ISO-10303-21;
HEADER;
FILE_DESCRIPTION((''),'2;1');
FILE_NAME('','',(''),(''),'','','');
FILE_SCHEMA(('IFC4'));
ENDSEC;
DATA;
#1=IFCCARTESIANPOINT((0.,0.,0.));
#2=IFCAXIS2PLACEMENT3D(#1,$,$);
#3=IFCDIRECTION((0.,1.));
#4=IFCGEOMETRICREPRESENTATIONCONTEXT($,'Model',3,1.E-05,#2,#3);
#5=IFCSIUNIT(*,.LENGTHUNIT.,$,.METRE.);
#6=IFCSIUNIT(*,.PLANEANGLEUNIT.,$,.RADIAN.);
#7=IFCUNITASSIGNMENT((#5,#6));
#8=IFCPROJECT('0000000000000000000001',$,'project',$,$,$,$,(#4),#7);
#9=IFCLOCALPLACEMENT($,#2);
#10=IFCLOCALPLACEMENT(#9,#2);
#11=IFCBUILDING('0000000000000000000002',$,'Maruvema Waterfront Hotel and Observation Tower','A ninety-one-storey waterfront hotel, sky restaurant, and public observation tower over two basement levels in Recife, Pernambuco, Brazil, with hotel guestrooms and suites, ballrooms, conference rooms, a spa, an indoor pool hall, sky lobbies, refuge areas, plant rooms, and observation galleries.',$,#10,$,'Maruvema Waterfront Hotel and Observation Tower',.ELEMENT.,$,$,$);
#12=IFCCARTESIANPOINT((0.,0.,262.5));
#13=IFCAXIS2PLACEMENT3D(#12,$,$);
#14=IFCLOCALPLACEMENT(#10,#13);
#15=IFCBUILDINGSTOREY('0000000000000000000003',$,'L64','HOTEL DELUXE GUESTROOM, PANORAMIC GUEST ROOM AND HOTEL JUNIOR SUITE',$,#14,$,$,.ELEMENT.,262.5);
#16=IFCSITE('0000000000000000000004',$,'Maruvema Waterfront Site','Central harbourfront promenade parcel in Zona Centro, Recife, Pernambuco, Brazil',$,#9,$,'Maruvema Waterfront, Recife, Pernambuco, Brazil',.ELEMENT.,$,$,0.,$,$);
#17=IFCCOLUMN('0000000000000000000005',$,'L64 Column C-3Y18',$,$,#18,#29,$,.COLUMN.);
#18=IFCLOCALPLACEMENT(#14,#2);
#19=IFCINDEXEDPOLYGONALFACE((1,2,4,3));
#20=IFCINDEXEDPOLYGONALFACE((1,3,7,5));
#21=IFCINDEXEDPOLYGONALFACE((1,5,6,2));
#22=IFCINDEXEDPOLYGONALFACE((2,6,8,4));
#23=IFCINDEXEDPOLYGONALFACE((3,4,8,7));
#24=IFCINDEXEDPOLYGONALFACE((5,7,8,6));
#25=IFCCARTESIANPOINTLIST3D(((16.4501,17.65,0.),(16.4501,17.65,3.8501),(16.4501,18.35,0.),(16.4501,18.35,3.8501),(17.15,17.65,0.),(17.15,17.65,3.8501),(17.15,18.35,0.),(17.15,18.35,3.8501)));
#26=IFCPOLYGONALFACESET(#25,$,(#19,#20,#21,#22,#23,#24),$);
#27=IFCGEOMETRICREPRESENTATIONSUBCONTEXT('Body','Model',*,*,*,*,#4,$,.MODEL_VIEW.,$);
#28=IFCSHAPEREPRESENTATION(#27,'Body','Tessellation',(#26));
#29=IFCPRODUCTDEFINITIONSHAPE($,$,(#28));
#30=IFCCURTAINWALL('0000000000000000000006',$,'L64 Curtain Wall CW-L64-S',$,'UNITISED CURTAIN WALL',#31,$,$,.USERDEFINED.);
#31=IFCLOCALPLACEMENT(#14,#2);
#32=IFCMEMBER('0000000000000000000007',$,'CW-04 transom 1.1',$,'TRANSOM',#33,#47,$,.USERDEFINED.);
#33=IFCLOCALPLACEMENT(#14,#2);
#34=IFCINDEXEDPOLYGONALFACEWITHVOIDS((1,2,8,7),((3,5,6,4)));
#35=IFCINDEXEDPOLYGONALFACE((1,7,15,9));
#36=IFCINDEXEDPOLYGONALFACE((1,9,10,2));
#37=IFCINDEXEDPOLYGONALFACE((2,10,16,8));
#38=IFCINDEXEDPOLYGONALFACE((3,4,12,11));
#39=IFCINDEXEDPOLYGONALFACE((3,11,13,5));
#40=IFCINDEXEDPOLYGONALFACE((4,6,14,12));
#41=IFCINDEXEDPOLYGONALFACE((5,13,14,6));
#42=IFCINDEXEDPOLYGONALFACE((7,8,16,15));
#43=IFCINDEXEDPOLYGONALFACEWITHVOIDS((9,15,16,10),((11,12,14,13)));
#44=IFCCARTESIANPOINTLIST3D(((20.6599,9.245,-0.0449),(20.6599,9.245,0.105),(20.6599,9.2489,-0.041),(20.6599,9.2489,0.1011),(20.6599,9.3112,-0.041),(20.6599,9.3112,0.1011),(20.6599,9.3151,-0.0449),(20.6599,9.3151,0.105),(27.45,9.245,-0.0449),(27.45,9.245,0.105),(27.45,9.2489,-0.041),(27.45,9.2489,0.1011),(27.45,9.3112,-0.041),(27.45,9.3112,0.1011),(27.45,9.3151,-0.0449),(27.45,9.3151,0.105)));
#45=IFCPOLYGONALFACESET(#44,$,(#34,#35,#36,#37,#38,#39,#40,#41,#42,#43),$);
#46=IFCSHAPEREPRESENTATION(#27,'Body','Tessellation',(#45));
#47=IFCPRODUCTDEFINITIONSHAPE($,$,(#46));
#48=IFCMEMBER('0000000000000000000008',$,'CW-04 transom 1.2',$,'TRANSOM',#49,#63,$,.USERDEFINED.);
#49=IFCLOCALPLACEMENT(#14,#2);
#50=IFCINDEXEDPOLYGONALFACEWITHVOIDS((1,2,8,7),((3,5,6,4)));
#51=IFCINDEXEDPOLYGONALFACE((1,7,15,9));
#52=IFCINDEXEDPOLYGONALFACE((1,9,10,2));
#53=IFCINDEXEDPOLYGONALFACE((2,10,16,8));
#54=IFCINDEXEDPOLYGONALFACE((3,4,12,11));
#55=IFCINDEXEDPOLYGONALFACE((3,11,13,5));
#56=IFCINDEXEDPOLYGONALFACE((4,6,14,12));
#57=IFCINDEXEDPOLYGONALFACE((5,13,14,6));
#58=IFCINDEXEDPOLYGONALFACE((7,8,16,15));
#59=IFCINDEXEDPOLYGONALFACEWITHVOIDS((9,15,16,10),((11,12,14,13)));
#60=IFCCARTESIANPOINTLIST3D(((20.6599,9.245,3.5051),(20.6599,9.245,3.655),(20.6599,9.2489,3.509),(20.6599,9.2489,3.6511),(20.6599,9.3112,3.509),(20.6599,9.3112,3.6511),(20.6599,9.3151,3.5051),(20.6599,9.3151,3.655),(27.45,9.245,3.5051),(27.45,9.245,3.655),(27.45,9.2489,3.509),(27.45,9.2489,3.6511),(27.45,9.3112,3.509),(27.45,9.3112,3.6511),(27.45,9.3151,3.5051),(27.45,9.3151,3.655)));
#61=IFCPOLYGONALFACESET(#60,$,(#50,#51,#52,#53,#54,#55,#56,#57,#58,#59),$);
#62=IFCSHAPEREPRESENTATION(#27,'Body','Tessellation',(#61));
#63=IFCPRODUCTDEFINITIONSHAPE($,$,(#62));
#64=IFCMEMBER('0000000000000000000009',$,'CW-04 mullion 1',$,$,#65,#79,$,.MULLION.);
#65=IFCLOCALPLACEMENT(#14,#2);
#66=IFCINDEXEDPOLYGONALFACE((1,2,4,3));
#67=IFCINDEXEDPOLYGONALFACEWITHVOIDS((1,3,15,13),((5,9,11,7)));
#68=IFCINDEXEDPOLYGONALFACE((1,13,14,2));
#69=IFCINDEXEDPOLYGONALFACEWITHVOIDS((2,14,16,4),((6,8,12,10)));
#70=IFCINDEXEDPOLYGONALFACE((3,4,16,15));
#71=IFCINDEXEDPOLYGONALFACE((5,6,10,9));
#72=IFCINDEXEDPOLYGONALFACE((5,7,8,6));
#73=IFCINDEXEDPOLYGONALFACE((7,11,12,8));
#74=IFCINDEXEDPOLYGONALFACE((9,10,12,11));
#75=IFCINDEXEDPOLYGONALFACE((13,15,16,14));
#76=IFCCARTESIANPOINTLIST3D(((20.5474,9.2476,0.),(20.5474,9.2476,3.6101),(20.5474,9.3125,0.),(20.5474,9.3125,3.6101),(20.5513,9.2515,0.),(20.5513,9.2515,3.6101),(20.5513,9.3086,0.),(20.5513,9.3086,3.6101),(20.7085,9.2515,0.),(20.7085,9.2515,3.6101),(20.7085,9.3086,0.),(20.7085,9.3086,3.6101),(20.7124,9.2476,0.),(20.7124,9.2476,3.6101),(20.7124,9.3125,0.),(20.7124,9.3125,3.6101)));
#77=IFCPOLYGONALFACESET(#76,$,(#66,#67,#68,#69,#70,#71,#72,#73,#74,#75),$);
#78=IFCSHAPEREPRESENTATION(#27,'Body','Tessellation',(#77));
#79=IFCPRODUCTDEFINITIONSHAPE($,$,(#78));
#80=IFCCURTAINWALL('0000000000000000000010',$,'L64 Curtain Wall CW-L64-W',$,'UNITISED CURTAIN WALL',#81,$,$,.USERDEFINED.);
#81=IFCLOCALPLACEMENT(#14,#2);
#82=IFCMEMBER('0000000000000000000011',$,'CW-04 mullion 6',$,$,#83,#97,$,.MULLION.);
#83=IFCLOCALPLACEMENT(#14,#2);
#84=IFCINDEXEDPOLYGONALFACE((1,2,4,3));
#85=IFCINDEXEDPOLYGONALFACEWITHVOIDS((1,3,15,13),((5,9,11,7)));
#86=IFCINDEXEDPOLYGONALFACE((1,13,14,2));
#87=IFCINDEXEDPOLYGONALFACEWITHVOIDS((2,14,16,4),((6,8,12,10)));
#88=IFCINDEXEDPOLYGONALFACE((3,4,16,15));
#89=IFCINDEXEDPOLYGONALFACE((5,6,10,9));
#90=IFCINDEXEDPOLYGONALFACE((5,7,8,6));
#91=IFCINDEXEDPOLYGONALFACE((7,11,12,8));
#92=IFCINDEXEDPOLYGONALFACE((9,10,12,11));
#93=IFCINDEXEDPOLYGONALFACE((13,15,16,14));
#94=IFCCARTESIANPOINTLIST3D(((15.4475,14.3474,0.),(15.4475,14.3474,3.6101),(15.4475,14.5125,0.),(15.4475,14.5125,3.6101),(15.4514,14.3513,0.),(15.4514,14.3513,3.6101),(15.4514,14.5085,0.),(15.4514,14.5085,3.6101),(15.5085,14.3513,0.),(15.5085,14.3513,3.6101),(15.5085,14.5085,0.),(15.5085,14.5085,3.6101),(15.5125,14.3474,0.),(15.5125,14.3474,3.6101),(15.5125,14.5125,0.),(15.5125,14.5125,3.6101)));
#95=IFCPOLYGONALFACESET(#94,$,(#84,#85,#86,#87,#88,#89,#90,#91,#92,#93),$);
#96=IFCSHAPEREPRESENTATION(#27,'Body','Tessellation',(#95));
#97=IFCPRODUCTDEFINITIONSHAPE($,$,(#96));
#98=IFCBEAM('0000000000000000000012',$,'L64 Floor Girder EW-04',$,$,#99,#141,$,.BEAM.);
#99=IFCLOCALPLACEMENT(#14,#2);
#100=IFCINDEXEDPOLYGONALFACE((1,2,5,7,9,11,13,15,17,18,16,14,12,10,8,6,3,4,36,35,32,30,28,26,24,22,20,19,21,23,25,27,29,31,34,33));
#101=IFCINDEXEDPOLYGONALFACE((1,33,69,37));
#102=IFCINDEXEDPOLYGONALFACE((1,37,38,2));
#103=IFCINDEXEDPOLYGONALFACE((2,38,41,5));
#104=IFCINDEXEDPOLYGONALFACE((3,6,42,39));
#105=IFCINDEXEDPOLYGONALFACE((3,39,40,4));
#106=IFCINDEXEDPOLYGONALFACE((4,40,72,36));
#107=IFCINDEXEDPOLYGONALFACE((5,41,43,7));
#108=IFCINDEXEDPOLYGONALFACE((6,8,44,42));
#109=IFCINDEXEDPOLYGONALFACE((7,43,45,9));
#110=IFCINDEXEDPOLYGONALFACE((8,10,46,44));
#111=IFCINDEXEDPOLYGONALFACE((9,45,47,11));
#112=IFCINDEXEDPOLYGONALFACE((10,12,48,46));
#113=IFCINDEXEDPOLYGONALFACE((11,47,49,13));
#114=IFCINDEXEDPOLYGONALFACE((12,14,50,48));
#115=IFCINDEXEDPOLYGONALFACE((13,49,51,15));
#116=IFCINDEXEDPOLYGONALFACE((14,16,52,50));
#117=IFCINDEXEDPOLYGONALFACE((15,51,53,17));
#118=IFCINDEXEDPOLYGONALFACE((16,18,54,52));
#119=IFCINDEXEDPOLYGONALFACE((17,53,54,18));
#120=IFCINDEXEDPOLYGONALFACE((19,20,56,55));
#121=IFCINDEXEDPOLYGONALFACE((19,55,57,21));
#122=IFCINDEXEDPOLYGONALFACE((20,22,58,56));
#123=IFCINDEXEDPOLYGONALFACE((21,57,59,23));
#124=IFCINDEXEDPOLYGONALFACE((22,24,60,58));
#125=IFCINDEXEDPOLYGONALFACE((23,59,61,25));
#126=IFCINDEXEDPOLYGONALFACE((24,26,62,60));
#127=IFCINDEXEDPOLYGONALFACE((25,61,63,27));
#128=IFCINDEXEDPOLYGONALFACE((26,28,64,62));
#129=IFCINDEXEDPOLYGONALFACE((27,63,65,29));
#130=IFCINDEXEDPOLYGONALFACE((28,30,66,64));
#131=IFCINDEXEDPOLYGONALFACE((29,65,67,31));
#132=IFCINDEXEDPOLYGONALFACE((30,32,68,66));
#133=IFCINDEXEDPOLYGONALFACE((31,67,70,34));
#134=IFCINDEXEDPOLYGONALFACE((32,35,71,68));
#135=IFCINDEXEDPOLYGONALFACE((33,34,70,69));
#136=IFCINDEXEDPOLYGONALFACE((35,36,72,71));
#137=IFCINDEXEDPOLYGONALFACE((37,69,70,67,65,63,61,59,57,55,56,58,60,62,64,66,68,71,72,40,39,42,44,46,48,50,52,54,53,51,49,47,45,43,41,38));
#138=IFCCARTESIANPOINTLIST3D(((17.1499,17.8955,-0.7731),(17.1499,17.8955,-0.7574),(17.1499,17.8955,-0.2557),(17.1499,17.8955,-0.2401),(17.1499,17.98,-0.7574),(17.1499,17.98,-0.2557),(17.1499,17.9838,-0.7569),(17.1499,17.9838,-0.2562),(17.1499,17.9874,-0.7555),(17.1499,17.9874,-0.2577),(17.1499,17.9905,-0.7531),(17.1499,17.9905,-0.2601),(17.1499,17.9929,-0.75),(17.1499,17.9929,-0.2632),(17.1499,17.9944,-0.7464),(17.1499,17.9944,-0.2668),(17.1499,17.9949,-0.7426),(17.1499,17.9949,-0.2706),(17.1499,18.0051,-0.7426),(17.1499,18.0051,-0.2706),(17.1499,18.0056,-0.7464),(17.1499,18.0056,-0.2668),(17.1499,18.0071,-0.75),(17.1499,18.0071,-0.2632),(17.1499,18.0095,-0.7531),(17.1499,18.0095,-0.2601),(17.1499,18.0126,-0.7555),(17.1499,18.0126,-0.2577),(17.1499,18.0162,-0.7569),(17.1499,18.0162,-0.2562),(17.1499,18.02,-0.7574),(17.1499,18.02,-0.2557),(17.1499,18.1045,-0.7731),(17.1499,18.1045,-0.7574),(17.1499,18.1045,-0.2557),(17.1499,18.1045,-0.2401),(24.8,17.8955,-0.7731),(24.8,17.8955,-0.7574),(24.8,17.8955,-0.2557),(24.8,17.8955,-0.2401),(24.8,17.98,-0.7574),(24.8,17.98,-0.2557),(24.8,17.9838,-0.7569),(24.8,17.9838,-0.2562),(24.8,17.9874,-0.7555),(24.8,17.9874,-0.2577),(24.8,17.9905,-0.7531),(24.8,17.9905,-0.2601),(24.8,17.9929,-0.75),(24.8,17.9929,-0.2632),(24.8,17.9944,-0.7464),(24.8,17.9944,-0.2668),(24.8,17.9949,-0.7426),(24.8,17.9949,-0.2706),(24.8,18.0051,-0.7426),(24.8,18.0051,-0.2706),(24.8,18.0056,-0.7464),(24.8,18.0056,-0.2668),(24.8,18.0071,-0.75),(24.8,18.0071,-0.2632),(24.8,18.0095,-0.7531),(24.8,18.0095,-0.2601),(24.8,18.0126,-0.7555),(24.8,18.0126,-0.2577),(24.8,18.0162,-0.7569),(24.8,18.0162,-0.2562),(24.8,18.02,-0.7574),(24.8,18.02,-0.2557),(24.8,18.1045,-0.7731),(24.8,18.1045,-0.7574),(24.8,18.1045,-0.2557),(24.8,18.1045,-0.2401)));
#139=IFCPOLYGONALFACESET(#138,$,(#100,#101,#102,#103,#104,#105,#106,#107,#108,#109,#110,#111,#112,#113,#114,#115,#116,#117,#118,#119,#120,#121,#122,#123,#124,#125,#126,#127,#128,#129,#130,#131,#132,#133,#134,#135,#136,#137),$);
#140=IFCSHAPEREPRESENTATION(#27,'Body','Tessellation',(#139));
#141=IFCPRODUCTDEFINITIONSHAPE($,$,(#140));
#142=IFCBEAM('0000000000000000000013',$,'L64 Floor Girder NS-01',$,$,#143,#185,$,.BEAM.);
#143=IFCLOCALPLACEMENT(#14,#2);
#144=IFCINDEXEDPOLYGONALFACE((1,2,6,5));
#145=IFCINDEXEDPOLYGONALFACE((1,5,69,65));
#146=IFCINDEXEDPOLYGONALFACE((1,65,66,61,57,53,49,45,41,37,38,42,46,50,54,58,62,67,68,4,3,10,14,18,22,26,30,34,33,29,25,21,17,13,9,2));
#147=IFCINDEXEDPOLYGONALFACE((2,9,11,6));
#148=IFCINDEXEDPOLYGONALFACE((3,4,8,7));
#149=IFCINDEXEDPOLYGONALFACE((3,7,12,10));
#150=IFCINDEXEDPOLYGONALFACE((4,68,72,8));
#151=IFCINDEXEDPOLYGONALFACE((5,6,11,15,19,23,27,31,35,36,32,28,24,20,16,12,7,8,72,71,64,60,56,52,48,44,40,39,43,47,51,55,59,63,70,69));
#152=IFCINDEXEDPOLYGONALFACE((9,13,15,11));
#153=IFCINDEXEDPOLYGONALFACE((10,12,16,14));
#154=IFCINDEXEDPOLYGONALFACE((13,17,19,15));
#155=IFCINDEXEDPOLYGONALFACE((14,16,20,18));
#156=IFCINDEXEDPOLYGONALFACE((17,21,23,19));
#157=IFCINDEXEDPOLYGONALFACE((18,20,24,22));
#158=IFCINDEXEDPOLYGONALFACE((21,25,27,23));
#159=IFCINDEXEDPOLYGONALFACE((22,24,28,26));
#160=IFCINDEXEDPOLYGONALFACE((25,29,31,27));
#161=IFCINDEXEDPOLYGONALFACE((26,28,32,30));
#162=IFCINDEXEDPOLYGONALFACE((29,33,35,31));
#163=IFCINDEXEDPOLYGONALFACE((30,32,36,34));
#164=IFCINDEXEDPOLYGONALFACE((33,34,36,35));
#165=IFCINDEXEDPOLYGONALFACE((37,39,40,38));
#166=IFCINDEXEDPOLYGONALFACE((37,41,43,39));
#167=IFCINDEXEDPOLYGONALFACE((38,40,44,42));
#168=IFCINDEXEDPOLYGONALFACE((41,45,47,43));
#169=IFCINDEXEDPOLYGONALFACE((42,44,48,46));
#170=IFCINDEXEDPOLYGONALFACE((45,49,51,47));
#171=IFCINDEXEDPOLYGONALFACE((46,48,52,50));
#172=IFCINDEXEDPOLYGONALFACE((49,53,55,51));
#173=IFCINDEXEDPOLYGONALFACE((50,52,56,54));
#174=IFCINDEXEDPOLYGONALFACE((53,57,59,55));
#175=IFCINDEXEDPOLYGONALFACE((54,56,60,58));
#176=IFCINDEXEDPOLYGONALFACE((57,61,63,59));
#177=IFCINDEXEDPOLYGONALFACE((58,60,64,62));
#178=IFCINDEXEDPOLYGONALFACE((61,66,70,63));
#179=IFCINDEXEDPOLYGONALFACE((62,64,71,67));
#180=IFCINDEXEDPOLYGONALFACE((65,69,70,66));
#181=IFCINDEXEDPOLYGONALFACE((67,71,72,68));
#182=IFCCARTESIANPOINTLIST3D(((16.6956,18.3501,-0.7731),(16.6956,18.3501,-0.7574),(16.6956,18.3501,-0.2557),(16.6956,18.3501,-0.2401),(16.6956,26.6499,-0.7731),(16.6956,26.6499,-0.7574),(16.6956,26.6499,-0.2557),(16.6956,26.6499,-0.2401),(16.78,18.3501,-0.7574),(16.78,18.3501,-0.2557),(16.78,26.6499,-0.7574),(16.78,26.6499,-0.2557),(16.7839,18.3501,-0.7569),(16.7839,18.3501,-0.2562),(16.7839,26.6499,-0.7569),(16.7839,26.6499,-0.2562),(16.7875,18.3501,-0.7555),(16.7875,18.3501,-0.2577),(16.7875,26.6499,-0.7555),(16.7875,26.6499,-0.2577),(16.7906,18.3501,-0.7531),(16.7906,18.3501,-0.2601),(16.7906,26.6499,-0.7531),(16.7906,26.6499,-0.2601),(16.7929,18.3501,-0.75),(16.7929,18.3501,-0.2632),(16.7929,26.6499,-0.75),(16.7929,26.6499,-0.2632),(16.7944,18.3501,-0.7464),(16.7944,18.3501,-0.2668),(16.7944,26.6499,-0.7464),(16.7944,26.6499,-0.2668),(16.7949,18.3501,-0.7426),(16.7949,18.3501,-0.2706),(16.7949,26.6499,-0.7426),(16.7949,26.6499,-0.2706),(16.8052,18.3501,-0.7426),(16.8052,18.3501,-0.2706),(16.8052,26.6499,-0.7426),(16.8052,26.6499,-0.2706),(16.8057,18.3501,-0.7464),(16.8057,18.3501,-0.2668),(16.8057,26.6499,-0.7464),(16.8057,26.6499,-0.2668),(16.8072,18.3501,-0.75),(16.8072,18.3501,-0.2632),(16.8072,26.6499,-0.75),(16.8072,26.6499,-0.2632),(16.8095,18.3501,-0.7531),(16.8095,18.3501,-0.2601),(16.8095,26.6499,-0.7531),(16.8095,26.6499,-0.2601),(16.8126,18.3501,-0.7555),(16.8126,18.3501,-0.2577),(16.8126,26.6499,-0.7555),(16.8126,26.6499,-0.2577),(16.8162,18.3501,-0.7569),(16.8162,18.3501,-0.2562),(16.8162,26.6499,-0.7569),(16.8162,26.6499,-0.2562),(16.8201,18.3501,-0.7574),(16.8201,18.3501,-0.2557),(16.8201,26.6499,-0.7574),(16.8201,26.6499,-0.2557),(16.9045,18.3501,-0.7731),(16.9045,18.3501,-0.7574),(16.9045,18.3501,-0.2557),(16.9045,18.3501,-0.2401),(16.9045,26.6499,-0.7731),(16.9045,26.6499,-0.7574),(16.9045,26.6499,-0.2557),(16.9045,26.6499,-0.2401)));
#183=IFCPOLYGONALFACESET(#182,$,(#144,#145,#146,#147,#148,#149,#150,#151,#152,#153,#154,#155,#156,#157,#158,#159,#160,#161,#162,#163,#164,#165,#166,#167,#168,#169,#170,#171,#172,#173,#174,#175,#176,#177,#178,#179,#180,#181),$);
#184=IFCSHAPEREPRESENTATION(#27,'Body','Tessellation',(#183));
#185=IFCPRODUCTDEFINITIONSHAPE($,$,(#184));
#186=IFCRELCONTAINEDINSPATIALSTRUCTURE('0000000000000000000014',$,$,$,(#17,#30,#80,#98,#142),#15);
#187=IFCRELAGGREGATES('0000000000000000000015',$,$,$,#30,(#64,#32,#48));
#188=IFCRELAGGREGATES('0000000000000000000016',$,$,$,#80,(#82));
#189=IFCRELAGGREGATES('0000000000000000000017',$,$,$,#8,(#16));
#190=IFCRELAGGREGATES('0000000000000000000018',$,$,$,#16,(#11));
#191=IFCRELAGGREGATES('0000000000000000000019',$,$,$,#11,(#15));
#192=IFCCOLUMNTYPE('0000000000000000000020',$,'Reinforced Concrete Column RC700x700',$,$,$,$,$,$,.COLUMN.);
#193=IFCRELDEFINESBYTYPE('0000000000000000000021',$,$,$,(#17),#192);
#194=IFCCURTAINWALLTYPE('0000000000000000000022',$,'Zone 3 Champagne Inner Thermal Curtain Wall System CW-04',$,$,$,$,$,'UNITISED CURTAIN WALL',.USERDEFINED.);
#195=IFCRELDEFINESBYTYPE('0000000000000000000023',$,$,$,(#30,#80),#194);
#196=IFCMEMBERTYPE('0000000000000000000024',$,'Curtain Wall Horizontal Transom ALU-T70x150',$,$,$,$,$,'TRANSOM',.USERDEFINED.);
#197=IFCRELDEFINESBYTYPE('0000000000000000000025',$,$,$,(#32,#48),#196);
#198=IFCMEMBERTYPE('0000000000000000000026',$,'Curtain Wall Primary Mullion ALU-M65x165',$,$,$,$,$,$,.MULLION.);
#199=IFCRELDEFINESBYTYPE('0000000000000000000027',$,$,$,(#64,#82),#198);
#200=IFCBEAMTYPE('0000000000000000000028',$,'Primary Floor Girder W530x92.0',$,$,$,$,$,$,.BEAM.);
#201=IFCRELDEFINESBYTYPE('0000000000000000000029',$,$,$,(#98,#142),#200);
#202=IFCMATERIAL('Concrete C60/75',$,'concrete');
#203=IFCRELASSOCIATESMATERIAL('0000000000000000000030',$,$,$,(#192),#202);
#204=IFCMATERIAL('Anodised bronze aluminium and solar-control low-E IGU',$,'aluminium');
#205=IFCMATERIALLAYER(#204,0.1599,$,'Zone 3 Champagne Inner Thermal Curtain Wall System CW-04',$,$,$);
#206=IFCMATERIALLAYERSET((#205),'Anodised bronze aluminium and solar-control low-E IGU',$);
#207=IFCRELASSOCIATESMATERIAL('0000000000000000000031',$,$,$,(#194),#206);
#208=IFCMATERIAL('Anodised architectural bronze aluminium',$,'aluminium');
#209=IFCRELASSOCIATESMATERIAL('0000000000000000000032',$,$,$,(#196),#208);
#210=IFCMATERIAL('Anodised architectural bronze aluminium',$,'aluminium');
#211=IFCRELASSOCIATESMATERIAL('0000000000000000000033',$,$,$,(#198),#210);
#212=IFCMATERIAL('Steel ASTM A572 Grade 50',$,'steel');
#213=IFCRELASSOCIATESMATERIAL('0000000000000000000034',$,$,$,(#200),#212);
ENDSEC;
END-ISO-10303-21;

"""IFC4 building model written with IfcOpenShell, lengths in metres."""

from ifc_helpers import new_model, si_unit, direction, frame, origin, origin_2d, place, context, subcontext, project, spatial, rectangle, hollow_rectangle, i_section, extrude, material, layer, layer_set, material_profile, profile_set, type_object, element, aggregate, save


model = new_model("IFC4")

# Units and contexts
model_context = context("Model", 3, precision=1e-05, world=origin(), true_north=direction((0.0, 1.0)))
body_context = subcontext(model_context, "Body", "Model", "MODEL_VIEW")
ifc_project = project(units=[si_unit("LENGTHUNIT", "METRE"), si_unit("PLANEANGLEUNIT", "RADIAN")], contexts=[model_context])

# Site, building, storey
site_placement = place(None, origin())
site = spatial("IfcSite", under=ifc_project, at=site_placement, Name="Maruvema Waterfront Site", Description="Central harbourfront promenade parcel in Zona Centro, Recife, Pernambuco, Brazil", LongName="Maruvema Waterfront, Recife, Pernambuco, Brazil", CompositionType="ELEMENT", RefElevation=0.0)
building_placement = place(site_placement, origin())
building = spatial("IfcBuilding", under=site, at=building_placement, Name="Maruvema Waterfront Hotel and Observation Tower", Description="A ninety-one-storey waterfront hotel, sky restaurant, and public observation tower over two basement levels in Recife, Pernambuco, Brazil, with hotel guestrooms and suites, ballrooms, conference rooms, a spa, an indoor pool hall, sky lobbies, refuge areas, plant rooms, and observation galleries.", LongName="Maruvema Waterfront Hotel and Observation Tower", CompositionType="ELEMENT")
storey_placement = place(building_placement, frame((0.0, 0.0, 262.5)))
storey = spatial("IfcBuildingStorey", under=building, at=storey_placement, Name="L64", Description="HOTEL DELUXE GUESTROOM, PANORAMIC GUEST ROOM AND HOTEL JUNIOR SUITE", CompositionType="ELEMENT", Elevation=262.5)

# Column
ifc_material_1 = material(Name="Concrete C60/75", Category="concrete")
ifc_material_profile_1 = material_profile(ifc_material_1, rectangle(XDim=0.7, YDim=0.7, at=origin_2d()), Name="RC700x700")
ifc_profile_set_1 = profile_set([ifc_material_profile_1], Name="Concrete C60/75")
column_type = type_object("IfcColumnType", Name="Reinforced Concrete Column RC700x700", PredefinedType="COLUMN", material=ifc_profile_set_1)
column_placement = place(storey_placement, frame((16.8, 18.0, 0.0), z_axis=(0.0, 0.0, 1.0), x_axis=(1.0, 0.0, 0.0)))
element("IfcColumn", 1, at=column_placement, inside=storey, type_object=column_type, Name="L64 Column C-3Y18", PredefinedType="COLUMN", context=body_context, shape_type="SweptSolid", body=[
    extrude(rectangle(XDim=0.7, YDim=0.7, at=origin_2d()), origin(), (0.0, 0.0, 1.0), 3.8501),
])

# Curtain wall, members
ifc_material_2 = material(Name="Anodised bronze aluminium and solar-control low-E IGU", Category="aluminium")
ifc_layer_1 = layer(ifc_material_2, 0.1599, Name="Zone 3 Champagne Inner Thermal Curtain Wall System CW-04")
ifc_layer_set_1 = layer_set([ifc_layer_1], Name="Anodised bronze aluminium and solar-control low-E IGU")
curtain_wall_type = type_object("IfcCurtainWallType", Name="Zone 3 Champagne Inner Thermal Curtain Wall System CW-04", ElementType="UNITISED CURTAIN WALL", PredefinedType="USERDEFINED", material=ifc_layer_set_1)
curtain_wall_1_placement = place(storey_placement, origin())
curtain_wall_1 = element("IfcCurtainWall", 2, at=curtain_wall_1_placement, inside=storey, type_object=curtain_wall_type, Name="L64 Curtain Wall CW-L64-S", ObjectType="UNITISED CURTAIN WALL", PredefinedType="USERDEFINED")
ifc_material_3 = material(Name="Anodised architectural bronze aluminium", Category="aluminium")
ifc_material_profile_2 = material_profile(ifc_material_3, hollow_rectangle(XDim=0.0701, YDim=0.1499, WallThickness=0.0039, at=origin_2d()), Name="ALU-T70x150")
ifc_profile_set_2 = profile_set([ifc_material_profile_2], Name="Anodised architectural bronze aluminium")
member_type_1 = type_object("IfcMemberType", Name="Curtain Wall Horizontal Transom ALU-T70x150", ElementType="TRANSOM", PredefinedType="USERDEFINED", material=ifc_profile_set_2)
member_1_placement = place(storey_placement, frame((20.6599, 9.28, 0.03), z_axis=(1.0, 0.0, 0.0), x_axis=(0.0, 1.0, 0.0)))
member_1 = element("IfcMember", 3, at=member_1_placement, type_object=member_type_1, Name="CW-04 transom 1.1", ObjectType="TRANSOM", PredefinedType="USERDEFINED", context=body_context, shape_type="SweptSolid", body=[
    extrude(hollow_rectangle(XDim=0.0701, YDim=0.1499, WallThickness=0.0039, at=origin_2d()), origin(), (0.0, 0.0, 1.0), 6.79),
])
member_2_placement = place(storey_placement, frame((20.6599, 9.28, 3.5801), z_axis=(1.0, 0.0, 0.0), x_axis=(0.0, 1.0, 0.0)))
member_2 = element("IfcMember", 4, at=member_2_placement, type_object=member_type_1, Name="CW-04 transom 1.2", ObjectType="TRANSOM", PredefinedType="USERDEFINED", context=body_context, shape_type="SweptSolid", body=[
    extrude(hollow_rectangle(XDim=0.0701, YDim=0.1499, WallThickness=0.0039, at=origin_2d()), origin(), (0.0, 0.0, 1.0), 6.79),
])
ifc_material_4 = material(Name="Anodised architectural bronze aluminium", Category="aluminium")
ifc_material_profile_3 = material_profile(ifc_material_4, hollow_rectangle(XDim=0.0649, YDim=0.165, WallThickness=0.0039, at=origin_2d()), Name="ALU-M65x165")
ifc_profile_set_3 = profile_set([ifc_material_profile_3], Name="Anodised architectural bronze aluminium")
member_type_2 = type_object("IfcMemberType", Name="Curtain Wall Primary Mullion ALU-M65x165", PredefinedType="MULLION", material=ifc_profile_set_3)
member_3_placement = place(storey_placement, frame((20.6299, 9.28, 0.0), z_axis=(0.0, 0.0, 1.0), x_axis=(0.0, 1.0, 0.0)))
member_3 = element("IfcMember", 5, at=member_3_placement, type_object=member_type_2, Name="CW-04 mullion 1", PredefinedType="MULLION", context=body_context, shape_type="SweptSolid", body=[
    extrude(hollow_rectangle(XDim=0.0649, YDim=0.165, WallThickness=0.0039, at=origin_2d()), origin(), (0.0, 0.0, 1.0), 3.6101),
])

# Curtain wall, member
curtain_wall_2_placement = place(storey_placement, origin())
curtain_wall_2 = element("IfcCurtainWall", 6, at=curtain_wall_2_placement, inside=storey, type_object=curtain_wall_type, Name="L64 Curtain Wall CW-L64-W", ObjectType="UNITISED CURTAIN WALL", PredefinedType="USERDEFINED")
member_4_placement = place(storey_placement, frame((15.48, 14.4299, 0.0), z_axis=(0.0, 0.0, 1.0), x_axis=(1.0, 0.0, 0.0)))
member_4 = element("IfcMember", 7, at=member_4_placement, type_object=member_type_2, Name="CW-04 mullion 6", PredefinedType="MULLION", context=body_context, shape_type="SweptSolid", body=[
    extrude(hollow_rectangle(XDim=0.0649, YDim=0.165, WallThickness=0.0039, at=origin_2d()), origin(), (0.0, 0.0, 1.0), 3.6101),
])

# Beams
ifc_material_5 = material(Name="Steel ASTM A572 Grade 50", Category="steel")
ifc_material_profile_4 = material_profile(ifc_material_5, i_section(OverallWidth=0.209, OverallDepth=0.533, WebThickness=0.0103, FlangeThickness=0.0156, FilletRadius=0.0149, at=origin_2d()), Name="W530x92.0")
ifc_profile_set_4 = profile_set([ifc_material_profile_4], Name="Steel ASTM A572 Grade 50")
beam_type_1 = type_object("IfcBeamType", Name="Primary Floor Girder W530x92.0", PredefinedType="BEAM", material=ifc_profile_set_4)
beam_1_placement = place(storey_placement, frame((17.1499, 18.0, -0.5066), z_axis=(1.0, 0.0, 0.0), x_axis=(0.0, 1.0, 0.0)))
element("IfcBeam", 8, at=beam_1_placement, inside=storey, type_object=beam_type_1, Name="L64 Floor Girder EW-04", PredefinedType="BEAM", context=body_context, shape_type="SweptSolid", body=[
    extrude(i_section(OverallWidth=0.209, OverallDepth=0.533, WebThickness=0.0103, FlangeThickness=0.0156, FilletRadius=0.0149, at=origin_2d()), origin(), (0.0, 0.0, 1.0), 7.6501),
])
beam_2_placement = place(storey_placement, frame((16.8, 18.3501, -0.5066), z_axis=(0.0, 1.0, 0.0), x_axis=(-1.0, 0.0, 0.0)))
element("IfcBeam", 9, at=beam_2_placement, inside=storey, type_object=beam_type_1, Name="L64 Floor Girder NS-01", PredefinedType="BEAM", context=body_context, shape_type="SweptSolid", body=[
    extrude(i_section(OverallWidth=0.209, OverallDepth=0.533, WebThickness=0.0103, FlangeThickness=0.0156, FilletRadius=0.0149, at=origin_2d()), origin(), (0.0, 0.0, 1.0), 8.2998),
])

aggregate(curtain_wall_1, [member_3, member_1, member_2])
aggregate(curtain_wall_2, [member_4])

save(model, "model.ifc")
